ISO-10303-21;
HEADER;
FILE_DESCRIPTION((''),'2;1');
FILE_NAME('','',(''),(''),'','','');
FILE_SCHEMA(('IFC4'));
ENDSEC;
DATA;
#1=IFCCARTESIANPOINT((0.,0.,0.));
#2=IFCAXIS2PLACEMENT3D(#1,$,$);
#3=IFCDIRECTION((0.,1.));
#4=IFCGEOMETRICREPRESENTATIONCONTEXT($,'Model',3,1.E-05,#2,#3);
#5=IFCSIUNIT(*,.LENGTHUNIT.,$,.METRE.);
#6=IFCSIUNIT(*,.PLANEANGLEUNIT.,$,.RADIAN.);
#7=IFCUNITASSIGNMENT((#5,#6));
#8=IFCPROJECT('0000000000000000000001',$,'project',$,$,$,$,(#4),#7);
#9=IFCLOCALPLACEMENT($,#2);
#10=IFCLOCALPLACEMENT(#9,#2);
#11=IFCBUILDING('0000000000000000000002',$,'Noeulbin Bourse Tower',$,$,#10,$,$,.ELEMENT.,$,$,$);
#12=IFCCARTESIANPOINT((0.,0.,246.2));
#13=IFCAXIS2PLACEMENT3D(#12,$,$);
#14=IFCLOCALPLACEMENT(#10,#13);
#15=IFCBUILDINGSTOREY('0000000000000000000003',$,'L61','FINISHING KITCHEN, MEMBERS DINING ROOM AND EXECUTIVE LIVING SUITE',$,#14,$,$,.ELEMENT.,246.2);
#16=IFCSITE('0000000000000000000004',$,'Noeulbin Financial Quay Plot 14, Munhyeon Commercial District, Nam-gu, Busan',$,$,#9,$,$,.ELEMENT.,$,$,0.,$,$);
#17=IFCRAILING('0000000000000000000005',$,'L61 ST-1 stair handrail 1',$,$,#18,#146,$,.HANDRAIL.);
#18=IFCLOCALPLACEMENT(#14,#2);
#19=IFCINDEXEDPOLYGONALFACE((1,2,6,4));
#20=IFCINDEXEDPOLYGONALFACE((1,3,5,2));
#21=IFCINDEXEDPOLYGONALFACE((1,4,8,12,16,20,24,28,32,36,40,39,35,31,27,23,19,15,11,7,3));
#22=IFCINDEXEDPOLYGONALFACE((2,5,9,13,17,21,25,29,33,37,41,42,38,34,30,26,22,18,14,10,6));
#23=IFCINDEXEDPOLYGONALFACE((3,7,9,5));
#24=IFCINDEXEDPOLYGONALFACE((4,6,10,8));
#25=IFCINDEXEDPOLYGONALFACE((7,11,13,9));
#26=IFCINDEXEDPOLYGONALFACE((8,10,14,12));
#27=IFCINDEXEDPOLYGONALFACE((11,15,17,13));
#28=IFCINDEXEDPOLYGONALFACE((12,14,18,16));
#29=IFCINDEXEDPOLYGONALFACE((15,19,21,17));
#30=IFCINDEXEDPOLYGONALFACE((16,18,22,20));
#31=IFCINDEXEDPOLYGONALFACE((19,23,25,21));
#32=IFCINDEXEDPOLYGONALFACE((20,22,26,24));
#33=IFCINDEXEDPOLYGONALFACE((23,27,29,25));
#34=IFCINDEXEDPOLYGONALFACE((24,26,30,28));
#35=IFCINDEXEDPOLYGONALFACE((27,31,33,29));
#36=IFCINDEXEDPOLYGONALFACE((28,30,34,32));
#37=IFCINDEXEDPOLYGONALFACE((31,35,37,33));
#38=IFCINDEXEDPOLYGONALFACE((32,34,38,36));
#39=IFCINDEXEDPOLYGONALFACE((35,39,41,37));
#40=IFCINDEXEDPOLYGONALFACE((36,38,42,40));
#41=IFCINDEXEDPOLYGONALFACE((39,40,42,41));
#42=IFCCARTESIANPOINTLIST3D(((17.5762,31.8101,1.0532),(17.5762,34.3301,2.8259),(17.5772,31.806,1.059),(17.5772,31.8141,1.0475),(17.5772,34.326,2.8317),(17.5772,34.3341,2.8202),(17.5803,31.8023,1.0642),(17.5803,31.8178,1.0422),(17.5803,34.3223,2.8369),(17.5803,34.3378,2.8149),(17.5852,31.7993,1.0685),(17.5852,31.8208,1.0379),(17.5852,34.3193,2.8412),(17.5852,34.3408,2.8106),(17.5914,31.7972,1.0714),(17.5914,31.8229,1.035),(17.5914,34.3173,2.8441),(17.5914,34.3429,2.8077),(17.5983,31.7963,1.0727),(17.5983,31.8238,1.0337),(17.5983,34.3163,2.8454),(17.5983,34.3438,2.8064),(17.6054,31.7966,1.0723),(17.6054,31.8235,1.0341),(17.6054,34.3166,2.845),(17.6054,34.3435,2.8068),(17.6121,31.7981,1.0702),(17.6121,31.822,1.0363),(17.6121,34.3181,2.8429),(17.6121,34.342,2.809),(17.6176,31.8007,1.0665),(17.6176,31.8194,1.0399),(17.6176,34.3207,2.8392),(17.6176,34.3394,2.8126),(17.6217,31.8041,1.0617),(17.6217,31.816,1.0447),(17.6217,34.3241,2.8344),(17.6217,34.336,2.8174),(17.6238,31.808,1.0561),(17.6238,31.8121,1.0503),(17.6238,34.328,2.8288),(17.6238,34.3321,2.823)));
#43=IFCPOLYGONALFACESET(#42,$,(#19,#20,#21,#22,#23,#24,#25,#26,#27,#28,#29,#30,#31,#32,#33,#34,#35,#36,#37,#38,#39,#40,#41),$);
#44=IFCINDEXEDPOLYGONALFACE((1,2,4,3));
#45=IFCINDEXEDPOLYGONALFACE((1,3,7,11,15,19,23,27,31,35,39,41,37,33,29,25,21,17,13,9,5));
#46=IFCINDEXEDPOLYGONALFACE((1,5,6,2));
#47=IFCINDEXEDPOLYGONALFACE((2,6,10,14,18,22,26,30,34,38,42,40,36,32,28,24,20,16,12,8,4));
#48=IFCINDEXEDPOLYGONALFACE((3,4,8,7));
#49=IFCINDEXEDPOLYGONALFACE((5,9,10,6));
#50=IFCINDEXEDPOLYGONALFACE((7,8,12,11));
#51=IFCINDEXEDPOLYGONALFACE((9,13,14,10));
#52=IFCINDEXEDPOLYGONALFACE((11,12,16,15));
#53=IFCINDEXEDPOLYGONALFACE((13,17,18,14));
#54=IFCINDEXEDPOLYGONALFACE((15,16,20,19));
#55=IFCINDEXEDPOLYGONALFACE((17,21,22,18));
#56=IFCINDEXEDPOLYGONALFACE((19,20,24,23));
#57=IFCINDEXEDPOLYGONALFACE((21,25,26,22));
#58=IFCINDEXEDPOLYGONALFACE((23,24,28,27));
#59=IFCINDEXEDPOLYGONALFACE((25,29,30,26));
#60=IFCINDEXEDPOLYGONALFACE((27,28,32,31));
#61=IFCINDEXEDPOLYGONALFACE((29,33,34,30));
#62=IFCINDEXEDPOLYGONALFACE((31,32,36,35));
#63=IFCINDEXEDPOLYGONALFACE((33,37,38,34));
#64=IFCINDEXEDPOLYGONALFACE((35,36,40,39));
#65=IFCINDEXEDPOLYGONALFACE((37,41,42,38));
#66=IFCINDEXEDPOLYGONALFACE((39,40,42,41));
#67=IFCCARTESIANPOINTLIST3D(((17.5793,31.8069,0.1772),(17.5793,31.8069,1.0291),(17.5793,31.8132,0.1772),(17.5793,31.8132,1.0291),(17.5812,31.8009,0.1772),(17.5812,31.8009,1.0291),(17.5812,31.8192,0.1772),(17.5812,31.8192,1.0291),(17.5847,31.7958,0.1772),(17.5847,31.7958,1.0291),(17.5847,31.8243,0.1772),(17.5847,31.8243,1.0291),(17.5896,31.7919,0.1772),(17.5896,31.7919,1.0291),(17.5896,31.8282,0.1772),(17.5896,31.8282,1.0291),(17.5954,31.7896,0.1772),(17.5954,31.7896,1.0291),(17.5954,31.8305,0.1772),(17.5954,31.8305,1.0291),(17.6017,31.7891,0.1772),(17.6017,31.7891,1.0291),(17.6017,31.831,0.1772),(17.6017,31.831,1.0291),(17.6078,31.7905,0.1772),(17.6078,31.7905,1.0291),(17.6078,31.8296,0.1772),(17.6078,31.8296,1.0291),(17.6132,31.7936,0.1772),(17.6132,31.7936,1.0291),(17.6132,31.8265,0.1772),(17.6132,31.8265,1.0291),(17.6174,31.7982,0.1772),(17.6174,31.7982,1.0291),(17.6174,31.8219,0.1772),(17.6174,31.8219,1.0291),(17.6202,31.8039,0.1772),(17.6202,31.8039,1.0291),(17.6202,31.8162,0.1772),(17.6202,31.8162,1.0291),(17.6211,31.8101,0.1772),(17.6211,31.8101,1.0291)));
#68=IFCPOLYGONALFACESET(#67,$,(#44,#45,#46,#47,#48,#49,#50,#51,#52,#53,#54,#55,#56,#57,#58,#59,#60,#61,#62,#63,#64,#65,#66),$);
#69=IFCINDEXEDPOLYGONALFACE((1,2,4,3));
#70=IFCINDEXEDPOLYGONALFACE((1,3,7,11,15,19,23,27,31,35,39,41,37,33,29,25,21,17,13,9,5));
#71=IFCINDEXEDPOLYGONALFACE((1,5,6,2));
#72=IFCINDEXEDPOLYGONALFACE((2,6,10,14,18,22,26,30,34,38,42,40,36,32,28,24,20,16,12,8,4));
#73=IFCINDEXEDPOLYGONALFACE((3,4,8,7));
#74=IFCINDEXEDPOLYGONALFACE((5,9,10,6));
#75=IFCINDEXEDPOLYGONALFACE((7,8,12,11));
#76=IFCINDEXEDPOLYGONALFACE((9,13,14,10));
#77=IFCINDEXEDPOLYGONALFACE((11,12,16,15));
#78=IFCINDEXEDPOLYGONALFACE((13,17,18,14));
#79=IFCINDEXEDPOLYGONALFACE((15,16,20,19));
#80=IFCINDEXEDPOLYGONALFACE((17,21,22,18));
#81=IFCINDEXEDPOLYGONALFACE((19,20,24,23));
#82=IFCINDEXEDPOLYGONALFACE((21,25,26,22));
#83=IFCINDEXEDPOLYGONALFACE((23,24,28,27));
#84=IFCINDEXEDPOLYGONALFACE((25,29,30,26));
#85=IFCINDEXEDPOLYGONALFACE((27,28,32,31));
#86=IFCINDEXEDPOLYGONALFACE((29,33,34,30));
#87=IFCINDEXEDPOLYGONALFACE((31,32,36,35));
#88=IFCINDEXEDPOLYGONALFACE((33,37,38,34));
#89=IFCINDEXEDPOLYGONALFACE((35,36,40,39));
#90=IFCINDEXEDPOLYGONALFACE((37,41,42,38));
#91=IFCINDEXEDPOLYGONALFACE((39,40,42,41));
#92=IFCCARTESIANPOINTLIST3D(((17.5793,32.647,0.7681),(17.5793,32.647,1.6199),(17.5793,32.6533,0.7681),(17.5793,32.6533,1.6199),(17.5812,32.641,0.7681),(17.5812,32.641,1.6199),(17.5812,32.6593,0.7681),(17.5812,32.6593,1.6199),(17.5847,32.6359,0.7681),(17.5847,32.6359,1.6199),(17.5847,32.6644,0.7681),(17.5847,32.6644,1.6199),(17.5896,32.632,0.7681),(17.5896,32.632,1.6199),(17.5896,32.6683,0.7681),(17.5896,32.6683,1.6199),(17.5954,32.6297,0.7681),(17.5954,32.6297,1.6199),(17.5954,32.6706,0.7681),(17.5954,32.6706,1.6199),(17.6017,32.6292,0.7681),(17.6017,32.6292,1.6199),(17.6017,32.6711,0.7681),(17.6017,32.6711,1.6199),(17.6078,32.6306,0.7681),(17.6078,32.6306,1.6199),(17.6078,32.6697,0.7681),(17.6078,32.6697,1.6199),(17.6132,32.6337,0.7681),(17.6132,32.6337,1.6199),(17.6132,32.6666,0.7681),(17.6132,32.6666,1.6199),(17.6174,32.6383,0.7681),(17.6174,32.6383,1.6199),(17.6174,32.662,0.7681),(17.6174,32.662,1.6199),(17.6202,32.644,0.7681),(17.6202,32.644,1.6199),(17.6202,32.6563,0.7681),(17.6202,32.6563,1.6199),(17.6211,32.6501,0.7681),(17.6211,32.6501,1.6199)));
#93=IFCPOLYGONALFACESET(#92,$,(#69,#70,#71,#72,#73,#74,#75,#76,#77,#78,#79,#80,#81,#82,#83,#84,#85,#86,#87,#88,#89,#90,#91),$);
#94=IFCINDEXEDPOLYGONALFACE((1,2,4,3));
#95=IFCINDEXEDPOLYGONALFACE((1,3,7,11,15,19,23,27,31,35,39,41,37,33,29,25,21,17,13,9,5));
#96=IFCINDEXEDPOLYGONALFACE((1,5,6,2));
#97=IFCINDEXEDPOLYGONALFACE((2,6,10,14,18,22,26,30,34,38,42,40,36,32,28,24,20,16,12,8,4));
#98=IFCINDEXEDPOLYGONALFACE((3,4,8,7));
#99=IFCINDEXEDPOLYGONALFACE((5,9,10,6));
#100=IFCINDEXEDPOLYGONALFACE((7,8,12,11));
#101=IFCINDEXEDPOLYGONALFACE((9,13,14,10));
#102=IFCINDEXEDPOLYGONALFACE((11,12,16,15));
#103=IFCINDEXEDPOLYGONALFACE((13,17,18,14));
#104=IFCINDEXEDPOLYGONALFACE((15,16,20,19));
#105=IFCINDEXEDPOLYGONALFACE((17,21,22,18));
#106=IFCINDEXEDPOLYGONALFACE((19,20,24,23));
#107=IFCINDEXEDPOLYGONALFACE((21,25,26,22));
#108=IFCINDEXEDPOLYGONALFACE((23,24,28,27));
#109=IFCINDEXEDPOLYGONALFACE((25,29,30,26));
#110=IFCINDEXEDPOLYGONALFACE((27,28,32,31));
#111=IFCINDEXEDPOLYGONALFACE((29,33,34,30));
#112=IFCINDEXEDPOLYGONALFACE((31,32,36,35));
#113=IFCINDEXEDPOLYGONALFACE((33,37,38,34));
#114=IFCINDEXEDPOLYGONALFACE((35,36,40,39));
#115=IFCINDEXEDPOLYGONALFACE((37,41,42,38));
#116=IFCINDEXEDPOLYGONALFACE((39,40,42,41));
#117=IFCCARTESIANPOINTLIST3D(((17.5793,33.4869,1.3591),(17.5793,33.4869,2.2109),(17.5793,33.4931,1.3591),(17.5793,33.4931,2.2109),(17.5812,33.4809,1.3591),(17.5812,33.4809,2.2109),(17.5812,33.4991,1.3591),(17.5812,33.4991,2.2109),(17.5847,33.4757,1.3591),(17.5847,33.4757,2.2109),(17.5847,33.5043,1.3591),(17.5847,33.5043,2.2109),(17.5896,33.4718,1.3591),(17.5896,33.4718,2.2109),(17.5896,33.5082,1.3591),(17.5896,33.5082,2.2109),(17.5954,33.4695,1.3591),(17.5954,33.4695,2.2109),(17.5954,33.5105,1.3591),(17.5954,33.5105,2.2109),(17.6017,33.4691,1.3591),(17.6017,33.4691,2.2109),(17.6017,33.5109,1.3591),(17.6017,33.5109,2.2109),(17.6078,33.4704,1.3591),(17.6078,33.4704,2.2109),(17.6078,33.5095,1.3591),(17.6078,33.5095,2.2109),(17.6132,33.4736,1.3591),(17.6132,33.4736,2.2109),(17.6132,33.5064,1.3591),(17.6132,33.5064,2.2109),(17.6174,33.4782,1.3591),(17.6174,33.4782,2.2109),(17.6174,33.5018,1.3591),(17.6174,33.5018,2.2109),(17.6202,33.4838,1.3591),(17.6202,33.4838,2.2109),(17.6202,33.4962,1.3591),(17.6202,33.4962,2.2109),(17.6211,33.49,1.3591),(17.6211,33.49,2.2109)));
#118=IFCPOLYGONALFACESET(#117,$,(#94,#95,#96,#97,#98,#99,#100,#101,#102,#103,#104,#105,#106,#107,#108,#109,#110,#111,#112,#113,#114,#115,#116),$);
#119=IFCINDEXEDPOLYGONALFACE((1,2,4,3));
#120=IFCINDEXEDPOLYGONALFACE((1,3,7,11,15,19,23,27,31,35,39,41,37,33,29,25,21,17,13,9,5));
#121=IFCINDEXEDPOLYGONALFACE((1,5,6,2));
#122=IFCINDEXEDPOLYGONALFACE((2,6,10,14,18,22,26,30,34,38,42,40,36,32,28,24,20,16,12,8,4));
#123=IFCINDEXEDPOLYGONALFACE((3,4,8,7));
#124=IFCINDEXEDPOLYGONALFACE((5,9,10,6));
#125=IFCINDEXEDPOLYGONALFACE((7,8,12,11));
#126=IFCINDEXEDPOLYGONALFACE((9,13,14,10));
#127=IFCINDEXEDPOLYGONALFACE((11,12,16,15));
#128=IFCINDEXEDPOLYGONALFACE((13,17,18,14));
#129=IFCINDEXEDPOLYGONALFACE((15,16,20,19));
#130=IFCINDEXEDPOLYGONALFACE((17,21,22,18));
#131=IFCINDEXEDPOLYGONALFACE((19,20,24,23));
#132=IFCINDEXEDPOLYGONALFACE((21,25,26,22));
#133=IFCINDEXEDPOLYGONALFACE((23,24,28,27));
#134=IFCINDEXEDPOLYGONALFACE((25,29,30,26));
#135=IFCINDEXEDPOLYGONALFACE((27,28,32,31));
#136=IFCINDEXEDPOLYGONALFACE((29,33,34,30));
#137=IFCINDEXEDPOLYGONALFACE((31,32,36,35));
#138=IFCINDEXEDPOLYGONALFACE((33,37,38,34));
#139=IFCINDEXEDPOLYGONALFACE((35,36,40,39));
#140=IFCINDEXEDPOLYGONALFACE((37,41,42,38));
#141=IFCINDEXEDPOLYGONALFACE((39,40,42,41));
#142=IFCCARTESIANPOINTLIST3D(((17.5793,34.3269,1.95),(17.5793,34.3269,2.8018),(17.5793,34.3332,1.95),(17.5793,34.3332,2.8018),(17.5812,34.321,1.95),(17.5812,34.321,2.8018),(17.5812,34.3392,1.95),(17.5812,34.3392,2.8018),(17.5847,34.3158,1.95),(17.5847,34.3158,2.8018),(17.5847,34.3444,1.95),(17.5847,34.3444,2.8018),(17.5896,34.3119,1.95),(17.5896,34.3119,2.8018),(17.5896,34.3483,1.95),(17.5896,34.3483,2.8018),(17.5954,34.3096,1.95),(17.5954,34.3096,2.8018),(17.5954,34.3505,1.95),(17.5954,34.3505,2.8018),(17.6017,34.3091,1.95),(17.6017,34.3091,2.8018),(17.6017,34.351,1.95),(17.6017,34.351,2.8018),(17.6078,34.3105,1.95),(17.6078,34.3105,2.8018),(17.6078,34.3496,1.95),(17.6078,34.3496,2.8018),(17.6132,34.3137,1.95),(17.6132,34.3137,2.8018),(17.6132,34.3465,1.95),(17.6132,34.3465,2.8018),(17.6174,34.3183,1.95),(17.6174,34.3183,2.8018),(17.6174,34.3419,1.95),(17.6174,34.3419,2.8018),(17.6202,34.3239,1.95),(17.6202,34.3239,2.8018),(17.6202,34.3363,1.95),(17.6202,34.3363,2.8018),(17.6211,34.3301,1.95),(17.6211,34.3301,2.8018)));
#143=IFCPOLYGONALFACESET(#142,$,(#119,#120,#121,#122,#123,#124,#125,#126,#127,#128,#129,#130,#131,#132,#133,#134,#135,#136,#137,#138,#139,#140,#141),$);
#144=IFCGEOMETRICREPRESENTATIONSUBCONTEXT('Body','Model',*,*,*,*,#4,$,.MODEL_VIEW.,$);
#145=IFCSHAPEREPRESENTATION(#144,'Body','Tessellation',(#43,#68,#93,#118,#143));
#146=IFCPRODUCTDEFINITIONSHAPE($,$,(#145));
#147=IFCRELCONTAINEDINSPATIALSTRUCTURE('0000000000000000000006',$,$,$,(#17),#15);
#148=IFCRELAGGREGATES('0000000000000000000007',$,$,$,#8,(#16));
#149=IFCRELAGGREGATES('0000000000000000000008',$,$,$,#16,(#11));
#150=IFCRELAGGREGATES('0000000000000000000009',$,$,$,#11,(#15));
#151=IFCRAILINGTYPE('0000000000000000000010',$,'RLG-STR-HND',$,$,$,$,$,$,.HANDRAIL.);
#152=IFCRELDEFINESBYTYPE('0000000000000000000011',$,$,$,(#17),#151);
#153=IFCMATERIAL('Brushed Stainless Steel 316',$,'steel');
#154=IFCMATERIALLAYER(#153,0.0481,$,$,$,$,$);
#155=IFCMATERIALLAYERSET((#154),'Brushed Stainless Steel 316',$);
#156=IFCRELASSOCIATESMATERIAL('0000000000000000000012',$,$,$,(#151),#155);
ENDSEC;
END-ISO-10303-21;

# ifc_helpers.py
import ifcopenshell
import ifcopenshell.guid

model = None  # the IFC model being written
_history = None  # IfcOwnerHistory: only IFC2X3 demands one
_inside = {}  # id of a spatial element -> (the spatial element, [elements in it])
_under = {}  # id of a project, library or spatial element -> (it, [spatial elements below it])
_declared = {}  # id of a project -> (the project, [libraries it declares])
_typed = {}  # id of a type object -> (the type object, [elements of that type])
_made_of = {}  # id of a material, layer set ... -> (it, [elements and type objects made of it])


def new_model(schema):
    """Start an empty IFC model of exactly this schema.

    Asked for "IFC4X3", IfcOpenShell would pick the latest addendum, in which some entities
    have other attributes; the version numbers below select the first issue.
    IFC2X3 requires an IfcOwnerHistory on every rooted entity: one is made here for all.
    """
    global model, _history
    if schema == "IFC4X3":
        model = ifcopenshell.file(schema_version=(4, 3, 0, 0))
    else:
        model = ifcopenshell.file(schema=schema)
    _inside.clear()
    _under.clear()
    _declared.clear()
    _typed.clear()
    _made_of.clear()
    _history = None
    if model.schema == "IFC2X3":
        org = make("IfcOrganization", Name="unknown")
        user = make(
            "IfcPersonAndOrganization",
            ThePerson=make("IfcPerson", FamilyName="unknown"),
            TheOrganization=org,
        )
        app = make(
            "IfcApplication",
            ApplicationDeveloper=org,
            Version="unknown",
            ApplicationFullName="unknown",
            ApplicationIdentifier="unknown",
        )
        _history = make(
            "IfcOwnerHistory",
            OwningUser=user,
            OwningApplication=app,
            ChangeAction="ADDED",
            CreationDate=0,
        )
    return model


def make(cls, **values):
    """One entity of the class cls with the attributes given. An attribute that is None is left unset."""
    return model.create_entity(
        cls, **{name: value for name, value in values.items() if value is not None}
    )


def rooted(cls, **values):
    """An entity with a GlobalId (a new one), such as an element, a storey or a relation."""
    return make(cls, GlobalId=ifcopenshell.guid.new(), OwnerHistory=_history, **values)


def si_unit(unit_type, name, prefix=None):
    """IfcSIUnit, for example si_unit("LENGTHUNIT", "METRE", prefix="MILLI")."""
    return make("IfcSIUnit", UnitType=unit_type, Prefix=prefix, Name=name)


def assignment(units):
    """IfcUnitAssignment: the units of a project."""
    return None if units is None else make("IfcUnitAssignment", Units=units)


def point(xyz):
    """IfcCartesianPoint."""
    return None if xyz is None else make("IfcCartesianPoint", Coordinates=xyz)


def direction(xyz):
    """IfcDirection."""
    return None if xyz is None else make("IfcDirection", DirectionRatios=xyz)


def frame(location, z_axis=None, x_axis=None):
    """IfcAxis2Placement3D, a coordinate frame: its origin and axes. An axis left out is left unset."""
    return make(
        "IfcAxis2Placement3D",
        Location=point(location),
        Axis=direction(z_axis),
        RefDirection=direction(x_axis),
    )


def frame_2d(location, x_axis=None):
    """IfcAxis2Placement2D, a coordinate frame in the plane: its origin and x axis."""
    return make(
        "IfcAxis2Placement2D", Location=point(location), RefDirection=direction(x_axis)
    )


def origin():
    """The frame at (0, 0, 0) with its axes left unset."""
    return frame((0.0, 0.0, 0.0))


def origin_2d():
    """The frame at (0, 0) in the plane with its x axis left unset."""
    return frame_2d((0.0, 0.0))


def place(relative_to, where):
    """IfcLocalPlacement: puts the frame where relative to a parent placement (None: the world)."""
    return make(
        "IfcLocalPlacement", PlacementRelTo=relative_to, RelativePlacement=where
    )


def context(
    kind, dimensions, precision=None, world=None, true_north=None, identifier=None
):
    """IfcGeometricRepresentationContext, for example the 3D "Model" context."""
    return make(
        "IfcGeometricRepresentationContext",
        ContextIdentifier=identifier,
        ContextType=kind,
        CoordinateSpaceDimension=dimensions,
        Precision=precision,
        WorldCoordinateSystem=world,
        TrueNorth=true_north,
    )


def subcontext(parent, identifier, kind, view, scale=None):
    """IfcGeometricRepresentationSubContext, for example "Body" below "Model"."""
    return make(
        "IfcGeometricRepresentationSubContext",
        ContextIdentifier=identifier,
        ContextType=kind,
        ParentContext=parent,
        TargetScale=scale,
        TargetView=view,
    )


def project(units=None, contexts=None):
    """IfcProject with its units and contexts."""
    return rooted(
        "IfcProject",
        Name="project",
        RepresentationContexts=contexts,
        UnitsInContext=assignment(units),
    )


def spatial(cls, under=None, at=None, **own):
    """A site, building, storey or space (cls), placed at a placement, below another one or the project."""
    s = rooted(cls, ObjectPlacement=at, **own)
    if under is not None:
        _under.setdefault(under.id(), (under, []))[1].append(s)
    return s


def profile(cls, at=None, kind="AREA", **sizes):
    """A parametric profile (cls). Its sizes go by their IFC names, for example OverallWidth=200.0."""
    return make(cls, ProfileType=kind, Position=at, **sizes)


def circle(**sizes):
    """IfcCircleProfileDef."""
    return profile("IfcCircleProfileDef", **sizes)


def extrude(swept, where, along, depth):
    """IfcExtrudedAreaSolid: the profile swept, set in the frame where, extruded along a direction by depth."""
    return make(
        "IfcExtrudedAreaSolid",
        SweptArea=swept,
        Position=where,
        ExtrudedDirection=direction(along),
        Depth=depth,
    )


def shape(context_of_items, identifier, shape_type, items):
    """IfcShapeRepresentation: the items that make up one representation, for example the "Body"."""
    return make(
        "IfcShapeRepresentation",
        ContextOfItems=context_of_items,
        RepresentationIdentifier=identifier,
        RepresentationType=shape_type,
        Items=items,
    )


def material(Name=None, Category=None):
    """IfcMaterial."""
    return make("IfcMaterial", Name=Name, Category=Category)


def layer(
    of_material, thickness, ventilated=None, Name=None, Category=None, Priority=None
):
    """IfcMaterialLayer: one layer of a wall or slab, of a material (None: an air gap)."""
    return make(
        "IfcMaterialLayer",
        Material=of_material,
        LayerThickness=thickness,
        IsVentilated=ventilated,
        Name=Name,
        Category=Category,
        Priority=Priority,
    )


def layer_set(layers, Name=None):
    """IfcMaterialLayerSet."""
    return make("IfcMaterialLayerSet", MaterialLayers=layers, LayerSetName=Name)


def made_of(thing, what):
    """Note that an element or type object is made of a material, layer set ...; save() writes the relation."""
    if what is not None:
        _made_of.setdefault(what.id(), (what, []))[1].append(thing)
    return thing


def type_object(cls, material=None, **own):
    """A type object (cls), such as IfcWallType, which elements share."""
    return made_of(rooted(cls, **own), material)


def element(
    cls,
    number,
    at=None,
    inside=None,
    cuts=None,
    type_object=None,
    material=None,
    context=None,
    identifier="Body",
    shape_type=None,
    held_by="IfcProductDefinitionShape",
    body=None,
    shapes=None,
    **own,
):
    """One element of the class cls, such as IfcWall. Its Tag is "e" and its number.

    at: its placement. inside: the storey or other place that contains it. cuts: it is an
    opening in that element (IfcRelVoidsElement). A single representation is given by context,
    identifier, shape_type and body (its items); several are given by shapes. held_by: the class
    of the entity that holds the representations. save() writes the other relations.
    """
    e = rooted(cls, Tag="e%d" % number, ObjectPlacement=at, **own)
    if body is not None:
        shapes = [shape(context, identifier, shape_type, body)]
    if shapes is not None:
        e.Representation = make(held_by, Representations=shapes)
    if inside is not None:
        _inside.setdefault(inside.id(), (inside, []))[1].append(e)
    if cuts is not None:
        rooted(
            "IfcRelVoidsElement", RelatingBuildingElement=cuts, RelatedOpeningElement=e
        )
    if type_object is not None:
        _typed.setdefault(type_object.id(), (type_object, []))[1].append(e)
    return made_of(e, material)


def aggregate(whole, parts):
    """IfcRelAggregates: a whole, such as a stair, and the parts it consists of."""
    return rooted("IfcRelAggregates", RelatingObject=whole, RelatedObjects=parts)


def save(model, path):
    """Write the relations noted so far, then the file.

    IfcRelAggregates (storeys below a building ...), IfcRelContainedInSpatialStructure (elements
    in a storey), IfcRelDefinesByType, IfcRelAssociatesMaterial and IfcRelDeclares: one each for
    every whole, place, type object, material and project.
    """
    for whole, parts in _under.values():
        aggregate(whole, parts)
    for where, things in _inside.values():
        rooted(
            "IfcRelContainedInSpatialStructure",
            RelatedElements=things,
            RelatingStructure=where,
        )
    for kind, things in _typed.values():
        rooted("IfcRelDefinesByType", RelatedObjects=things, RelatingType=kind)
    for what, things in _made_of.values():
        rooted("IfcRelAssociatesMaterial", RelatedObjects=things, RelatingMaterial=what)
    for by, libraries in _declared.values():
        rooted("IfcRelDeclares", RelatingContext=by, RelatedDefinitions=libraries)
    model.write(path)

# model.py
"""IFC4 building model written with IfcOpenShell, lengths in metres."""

from ifc_helpers import new_model, si_unit, direction, frame, origin, origin_2d, place, context, subcontext, project, spatial, circle, extrude, material, layer, layer_set, type_object, element, save


model = new_model("IFC4")

# Units and contexts
model_context = context("Model", 3, precision=1e-05, world=origin(), true_north=direction((0.0, 1.0)))
body_context = subcontext(model_context, "Body", "Model", "MODEL_VIEW")
ifc_project = project(units=[si_unit("LENGTHUNIT", "METRE"), si_unit("PLANEANGLEUNIT", "RADIAN")], contexts=[model_context])

# Site, building, storey
site_placement = place(None, origin())
site = spatial("IfcSite", under=ifc_project, at=site_placement, Name="Noeulbin Financial Quay Plot 14, Munhyeon Commercial District, Nam-gu, Busan", CompositionType="ELEMENT", RefElevation=0.0)
building_placement = place(site_placement, origin())
building = spatial("IfcBuilding", under=site, at=building_placement, Name="Noeulbin Bourse Tower", CompositionType="ELEMENT")
storey_placement = place(building_placement, frame((0.0, 0.0, 246.2)))
storey = spatial("IfcBuildingStorey", under=building, at=storey_placement, Name="L61", Description="FINISHING KITCHEN, MEMBERS DINING ROOM AND EXECUTIVE LIVING SUITE", CompositionType="ELEMENT", Elevation=246.2)

# Railing
ifc_material_1 = material(Name="Brushed Stainless Steel 316", Category="steel")
ifc_layer_1 = layer(ifc_material_1, 0.0481)
ifc_layer_set_1 = layer_set([ifc_layer_1], Name="Brushed Stainless Steel 316")
railing_type_1 = type_object("IfcRailingType", Name="RLG-STR-HND", PredefinedType="HANDRAIL", material=ifc_layer_set_1)
railing_1_placement = place(storey_placement, frame((17.6001, 31.8101, 0.1772)))
element("IfcRailing", 1, at=railing_1_placement, inside=storey, type_object=railing_type_1, Name="L61 ST-1 stair handrail 1", PredefinedType="HANDRAIL", context=body_context, shape_type="SweptSolid", body=[
    extrude(circle(Radius=0.0239, at=origin_2d()), frame((0.0, 0.0, 0.876), z_axis=(0.0, 0.817904, 0.575354), x_axis=(-1.0, 0.0, 0.0)), (0.0, 0.0, 1.0), 3.0811),
    extrude(circle(Radius=0.021, at=origin_2d()), origin(), (0.0, 0.0, 1.0), 0.8518),
    extrude(circle(Radius=0.021, at=origin_2d()), frame((0.0, 0.8401, 0.5908)), (0.0, 0.0, 1.0), 0.8518),
    extrude(circle(Radius=0.021, at=origin_2d()), frame((0.0, 1.6799, 1.1819)), (0.0, 0.0, 1.0), 0.8518),
    extrude(circle(Radius=0.021, at=origin_2d()), frame((0.0, 2.52, 1.7727)), (0.0, 0.0, 1.0), 0.8518),
])

save(model, "model.ifc")
